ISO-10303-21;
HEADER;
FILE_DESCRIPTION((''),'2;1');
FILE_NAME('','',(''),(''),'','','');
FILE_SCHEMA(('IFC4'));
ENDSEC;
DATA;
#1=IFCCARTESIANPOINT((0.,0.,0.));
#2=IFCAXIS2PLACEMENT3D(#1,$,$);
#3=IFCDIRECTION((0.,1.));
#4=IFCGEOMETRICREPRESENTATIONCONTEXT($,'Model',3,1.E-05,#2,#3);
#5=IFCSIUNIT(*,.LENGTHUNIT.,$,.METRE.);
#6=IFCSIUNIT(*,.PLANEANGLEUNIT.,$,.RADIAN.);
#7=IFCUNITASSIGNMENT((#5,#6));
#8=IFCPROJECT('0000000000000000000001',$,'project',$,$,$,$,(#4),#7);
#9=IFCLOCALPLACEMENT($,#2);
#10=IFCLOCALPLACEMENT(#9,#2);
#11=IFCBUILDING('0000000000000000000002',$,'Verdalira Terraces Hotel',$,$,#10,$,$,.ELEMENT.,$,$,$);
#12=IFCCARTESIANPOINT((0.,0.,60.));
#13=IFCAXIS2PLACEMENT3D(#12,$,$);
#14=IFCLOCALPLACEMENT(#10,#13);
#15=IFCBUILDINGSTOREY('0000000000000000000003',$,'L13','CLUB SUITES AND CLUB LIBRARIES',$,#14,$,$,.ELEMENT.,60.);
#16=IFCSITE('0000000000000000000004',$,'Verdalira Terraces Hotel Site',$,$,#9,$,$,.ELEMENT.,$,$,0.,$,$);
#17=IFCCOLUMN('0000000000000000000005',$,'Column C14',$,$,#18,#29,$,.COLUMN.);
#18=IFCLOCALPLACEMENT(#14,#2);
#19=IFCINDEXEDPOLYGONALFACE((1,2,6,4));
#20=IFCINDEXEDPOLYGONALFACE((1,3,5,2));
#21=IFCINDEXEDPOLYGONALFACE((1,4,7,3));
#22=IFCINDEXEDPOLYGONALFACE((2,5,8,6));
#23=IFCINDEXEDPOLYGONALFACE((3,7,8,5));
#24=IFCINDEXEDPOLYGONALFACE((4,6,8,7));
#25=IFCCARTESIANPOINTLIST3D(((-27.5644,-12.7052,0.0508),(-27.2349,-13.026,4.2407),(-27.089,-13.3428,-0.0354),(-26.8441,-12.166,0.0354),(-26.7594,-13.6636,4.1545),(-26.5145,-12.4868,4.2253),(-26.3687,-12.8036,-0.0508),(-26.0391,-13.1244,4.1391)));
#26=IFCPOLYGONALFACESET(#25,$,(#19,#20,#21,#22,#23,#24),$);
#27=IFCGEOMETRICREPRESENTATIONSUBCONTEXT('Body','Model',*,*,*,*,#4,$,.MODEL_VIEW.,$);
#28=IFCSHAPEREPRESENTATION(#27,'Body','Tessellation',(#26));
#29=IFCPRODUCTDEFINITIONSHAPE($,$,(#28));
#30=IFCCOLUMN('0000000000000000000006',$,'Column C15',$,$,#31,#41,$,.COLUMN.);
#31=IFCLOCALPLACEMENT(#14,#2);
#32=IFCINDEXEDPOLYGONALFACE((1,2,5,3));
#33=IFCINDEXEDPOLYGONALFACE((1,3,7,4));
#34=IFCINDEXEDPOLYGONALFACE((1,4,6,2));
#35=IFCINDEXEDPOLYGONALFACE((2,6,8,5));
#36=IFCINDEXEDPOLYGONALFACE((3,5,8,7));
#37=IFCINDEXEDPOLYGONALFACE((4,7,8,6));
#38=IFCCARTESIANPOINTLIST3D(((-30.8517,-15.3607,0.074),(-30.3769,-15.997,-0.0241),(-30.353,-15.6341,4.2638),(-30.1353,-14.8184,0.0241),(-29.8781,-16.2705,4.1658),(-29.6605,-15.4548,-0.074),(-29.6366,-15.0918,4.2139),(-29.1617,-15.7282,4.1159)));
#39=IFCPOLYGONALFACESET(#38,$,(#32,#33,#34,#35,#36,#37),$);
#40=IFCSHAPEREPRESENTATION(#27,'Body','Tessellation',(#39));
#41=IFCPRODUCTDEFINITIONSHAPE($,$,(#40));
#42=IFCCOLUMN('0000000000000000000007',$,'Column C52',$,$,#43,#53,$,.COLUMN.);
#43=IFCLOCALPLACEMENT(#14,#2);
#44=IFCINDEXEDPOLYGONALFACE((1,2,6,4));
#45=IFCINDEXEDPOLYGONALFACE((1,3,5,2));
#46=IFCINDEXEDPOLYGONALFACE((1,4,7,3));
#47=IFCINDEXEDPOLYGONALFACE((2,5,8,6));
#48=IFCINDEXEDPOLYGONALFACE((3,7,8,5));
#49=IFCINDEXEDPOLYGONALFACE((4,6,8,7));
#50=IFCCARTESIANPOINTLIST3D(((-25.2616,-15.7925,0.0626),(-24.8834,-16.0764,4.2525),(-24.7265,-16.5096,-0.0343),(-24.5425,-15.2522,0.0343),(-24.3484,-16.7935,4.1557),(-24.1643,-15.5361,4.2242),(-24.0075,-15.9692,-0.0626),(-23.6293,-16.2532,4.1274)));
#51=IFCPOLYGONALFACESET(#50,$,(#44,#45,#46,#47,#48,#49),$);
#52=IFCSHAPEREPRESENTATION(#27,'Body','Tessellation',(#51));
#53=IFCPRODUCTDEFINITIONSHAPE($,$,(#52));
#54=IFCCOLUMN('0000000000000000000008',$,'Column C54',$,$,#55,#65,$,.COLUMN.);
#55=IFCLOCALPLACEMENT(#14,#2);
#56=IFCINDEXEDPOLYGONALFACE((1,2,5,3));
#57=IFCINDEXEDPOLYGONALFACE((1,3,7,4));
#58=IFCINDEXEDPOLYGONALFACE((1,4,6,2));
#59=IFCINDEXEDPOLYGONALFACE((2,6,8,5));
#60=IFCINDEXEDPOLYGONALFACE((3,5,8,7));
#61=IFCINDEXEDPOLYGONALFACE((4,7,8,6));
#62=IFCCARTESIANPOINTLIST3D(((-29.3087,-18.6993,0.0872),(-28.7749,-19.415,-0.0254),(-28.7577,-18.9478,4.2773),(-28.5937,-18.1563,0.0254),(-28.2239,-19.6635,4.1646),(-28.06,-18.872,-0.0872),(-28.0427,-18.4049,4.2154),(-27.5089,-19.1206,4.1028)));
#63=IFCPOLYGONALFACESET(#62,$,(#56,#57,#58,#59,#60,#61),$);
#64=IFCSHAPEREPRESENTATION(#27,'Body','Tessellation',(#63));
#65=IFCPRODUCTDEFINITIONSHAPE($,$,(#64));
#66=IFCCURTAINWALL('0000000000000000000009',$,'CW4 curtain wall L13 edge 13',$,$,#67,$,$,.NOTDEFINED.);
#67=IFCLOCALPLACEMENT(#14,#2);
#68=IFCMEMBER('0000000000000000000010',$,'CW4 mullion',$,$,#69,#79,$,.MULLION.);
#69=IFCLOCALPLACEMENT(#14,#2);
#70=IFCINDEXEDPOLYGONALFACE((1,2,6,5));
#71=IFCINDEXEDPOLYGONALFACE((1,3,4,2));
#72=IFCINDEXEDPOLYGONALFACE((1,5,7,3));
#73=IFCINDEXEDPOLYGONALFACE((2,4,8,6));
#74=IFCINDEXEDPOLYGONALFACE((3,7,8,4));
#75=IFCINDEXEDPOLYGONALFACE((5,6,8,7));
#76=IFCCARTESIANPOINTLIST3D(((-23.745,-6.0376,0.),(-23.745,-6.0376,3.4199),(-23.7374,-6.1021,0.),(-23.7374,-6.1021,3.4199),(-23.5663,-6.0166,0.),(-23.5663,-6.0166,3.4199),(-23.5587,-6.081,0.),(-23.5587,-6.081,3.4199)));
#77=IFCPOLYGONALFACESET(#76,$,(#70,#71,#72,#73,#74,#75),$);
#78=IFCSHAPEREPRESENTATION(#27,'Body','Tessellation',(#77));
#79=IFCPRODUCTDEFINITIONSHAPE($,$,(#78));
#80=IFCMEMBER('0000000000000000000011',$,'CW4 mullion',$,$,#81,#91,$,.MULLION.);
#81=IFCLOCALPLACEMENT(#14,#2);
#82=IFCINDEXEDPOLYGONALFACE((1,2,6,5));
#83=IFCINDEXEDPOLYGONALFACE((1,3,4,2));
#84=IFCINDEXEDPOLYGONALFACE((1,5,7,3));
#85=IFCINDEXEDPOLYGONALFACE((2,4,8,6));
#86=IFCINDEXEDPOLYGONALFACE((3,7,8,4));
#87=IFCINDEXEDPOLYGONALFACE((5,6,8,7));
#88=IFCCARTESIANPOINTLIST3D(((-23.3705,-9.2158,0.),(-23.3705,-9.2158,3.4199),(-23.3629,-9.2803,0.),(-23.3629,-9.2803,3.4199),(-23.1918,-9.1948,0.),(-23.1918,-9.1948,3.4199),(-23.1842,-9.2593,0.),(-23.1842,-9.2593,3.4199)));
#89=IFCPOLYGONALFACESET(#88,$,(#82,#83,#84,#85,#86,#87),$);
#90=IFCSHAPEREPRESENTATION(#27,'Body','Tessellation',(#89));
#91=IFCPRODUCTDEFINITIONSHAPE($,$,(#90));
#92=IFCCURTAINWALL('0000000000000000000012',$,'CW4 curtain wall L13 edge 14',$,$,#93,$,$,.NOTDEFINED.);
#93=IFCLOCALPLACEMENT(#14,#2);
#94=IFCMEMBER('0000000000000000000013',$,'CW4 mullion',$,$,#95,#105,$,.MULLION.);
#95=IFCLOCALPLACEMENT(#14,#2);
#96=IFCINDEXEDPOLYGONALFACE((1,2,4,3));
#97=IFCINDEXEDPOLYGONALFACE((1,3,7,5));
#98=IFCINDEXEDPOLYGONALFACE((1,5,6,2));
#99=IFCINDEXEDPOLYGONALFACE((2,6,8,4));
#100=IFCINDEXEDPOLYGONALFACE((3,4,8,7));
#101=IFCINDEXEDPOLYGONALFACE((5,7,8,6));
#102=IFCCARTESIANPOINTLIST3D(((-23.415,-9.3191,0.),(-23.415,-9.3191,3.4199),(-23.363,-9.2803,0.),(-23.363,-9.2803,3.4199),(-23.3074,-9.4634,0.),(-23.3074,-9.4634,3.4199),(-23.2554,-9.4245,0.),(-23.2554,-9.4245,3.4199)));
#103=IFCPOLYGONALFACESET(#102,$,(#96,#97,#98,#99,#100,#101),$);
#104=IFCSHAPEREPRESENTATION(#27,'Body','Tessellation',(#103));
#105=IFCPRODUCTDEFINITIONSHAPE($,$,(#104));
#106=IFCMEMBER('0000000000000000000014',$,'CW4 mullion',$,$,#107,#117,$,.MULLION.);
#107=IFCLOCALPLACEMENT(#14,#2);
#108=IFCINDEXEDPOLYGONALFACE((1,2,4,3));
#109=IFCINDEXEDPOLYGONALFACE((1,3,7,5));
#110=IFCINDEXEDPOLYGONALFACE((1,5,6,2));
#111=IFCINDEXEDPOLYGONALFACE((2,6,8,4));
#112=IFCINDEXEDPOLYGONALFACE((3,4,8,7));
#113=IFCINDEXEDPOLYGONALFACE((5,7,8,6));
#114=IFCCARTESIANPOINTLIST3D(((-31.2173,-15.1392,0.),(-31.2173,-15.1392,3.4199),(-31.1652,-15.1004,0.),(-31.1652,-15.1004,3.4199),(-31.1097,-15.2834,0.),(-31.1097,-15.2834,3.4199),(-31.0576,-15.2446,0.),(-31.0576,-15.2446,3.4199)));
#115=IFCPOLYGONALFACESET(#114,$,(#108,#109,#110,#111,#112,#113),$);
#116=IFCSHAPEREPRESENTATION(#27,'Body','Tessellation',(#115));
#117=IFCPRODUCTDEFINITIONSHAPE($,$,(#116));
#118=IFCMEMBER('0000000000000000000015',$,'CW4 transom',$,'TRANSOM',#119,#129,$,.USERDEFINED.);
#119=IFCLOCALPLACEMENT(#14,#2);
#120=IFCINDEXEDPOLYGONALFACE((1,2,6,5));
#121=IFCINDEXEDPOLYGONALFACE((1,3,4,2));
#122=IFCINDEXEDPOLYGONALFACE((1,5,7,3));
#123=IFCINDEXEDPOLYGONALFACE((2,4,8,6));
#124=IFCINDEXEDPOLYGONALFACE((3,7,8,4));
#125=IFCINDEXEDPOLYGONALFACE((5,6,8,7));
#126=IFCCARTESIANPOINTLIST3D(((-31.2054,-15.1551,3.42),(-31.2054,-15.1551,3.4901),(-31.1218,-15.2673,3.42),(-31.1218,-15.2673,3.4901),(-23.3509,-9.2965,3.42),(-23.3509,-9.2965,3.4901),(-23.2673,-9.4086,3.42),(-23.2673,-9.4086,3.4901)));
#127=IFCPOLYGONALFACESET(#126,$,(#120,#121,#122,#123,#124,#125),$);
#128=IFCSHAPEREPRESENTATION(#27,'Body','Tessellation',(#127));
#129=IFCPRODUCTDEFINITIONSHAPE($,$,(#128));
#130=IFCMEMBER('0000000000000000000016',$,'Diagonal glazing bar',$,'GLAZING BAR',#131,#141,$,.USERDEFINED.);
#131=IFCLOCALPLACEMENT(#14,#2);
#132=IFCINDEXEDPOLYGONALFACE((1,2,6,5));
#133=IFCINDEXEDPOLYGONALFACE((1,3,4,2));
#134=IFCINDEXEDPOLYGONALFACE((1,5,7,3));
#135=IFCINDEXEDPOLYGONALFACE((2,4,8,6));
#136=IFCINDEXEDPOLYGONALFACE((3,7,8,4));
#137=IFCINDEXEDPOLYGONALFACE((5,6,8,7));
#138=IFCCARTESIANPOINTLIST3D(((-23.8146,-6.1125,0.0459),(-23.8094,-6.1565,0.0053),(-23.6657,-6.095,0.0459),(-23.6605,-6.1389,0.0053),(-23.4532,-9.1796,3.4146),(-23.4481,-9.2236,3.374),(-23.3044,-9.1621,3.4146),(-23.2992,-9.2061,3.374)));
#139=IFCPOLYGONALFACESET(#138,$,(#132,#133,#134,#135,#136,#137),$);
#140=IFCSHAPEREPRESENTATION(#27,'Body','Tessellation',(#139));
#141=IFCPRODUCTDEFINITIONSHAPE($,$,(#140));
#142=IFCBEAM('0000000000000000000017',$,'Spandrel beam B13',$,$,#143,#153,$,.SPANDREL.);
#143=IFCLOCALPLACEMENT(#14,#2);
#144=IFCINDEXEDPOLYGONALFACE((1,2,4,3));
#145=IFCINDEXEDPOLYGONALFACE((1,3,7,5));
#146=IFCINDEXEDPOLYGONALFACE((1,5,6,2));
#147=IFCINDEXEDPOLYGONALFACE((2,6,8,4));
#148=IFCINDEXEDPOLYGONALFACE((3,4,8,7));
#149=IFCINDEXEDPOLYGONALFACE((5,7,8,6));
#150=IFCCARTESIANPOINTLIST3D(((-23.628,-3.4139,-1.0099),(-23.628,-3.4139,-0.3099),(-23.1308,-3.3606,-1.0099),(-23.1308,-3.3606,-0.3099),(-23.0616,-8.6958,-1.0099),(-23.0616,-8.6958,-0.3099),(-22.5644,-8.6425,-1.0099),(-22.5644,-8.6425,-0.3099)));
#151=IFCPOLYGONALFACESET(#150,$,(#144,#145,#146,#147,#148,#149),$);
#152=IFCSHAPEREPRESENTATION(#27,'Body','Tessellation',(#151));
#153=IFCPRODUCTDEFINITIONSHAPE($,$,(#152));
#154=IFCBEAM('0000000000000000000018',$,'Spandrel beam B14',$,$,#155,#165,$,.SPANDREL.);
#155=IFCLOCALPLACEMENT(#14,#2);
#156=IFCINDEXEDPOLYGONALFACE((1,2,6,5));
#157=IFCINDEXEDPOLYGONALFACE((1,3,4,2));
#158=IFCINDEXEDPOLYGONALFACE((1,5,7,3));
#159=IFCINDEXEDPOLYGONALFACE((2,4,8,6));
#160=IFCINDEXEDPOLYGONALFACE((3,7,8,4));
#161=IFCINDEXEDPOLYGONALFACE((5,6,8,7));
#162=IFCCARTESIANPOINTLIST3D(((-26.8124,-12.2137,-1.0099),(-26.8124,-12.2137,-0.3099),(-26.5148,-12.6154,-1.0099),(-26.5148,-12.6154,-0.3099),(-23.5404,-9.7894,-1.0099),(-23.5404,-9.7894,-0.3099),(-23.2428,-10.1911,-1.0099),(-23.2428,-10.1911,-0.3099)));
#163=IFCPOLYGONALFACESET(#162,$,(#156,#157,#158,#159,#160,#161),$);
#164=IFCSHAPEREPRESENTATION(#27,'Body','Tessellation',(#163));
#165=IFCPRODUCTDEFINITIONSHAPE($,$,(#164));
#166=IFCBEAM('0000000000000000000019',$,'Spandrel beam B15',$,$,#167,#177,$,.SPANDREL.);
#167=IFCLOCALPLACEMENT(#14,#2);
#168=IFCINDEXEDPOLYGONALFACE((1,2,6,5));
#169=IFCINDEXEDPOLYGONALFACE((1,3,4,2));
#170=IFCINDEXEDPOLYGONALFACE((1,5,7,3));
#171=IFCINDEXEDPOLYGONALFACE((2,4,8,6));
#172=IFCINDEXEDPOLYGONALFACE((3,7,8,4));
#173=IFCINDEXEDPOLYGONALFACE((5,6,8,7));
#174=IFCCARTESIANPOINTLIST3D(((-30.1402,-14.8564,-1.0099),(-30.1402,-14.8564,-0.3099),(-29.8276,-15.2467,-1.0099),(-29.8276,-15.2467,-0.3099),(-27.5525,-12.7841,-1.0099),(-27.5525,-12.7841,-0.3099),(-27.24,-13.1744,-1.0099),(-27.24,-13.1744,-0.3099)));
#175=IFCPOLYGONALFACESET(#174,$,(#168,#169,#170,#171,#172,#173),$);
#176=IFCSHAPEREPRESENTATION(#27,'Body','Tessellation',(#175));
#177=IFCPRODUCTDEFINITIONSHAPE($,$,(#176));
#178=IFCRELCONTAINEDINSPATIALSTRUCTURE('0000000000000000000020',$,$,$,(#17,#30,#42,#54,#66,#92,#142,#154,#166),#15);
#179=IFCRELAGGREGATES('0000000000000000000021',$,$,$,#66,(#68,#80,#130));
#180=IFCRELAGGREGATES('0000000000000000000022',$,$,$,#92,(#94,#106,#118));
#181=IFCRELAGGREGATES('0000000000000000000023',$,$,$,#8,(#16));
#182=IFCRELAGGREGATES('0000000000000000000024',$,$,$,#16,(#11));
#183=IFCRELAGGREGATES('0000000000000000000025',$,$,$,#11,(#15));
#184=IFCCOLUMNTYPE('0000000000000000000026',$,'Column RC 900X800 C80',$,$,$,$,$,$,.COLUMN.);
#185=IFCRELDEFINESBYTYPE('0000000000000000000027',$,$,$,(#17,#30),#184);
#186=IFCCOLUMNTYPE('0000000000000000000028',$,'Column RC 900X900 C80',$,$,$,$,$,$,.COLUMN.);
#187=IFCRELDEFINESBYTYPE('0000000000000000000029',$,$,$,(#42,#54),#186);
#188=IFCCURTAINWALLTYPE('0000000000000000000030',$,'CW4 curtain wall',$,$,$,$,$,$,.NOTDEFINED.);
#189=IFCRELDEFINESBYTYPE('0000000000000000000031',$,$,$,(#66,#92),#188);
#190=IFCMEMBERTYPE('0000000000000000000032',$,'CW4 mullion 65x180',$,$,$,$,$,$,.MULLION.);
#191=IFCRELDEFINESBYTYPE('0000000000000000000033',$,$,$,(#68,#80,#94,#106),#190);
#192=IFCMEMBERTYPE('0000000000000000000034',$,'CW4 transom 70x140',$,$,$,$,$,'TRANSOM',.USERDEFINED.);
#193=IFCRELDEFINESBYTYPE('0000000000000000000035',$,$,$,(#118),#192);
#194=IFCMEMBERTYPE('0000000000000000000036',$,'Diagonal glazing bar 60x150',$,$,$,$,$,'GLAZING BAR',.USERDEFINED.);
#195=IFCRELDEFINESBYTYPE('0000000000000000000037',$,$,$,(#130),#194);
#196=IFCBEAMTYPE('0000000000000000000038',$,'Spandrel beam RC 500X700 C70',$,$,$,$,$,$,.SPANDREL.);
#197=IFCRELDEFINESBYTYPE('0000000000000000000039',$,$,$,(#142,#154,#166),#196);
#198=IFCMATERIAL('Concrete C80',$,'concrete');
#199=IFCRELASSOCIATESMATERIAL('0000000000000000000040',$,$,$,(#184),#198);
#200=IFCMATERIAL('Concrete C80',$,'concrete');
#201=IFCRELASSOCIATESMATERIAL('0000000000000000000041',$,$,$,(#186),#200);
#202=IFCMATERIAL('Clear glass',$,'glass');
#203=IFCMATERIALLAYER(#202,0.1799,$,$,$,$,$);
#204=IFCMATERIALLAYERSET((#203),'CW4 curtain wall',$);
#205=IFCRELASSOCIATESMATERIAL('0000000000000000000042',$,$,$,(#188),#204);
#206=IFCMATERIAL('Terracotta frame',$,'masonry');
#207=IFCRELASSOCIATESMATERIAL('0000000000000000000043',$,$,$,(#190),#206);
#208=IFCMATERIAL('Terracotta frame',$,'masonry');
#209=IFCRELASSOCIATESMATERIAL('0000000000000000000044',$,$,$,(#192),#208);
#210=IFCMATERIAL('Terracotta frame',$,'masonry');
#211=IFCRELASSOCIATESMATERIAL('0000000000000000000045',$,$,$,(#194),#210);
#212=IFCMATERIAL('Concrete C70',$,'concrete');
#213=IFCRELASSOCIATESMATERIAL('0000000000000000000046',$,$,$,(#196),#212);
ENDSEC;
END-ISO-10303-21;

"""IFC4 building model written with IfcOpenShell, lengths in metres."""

from ifc_helpers import new_model, si_unit, direction, frame, origin, origin_2d, place, context, subcontext, project, spatial, rectangle, extrude, material, layer, layer_set, material_profile, profile_set, type_object, element, aggregate, save


model = new_model("IFC4")

# Units and contexts
model_context = context("Model", 3, precision=1e-05, world=origin(), true_north=direction((0.0, 1.0)))
body_context = subcontext(model_context, "Body", "Model", "MODEL_VIEW")
ifc_project = project(units=[si_unit("LENGTHUNIT", "METRE"), si_unit("PLANEANGLEUNIT", "RADIAN")], contexts=[model_context])

# Site, building, storey
site_placement = place(None, origin())
site = spatial("IfcSite", under=ifc_project, at=site_placement, Name="Verdalira Terraces Hotel Site", CompositionType="ELEMENT", RefElevation=0.0)
building_placement = place(site_placement, origin())
building = spatial("IfcBuilding", under=site, at=building_placement, Name="Verdalira Terraces Hotel", CompositionType="ELEMENT")
storey_placement = place(building_placement, frame((0.0, 0.0, 60.0)))
storey = spatial("IfcBuildingStorey", under=building, at=storey_placement, Name="L13", Description="CLUB SUITES AND CLUB LIBRARIES", CompositionType="ELEMENT", Elevation=60.0)

# Columns
ifc_material_1 = material(Name="Concrete C80", Category="concrete")
ifc_material_profile_1 = material_profile(ifc_material_1, rectangle(XDim=0.8999, YDim=0.8, at=origin_2d()), Name="RC 900X800")
ifc_profile_set_1 = profile_set([ifc_material_profile_1], Name="Concrete C80")
column_type_1 = type_object("IfcColumnType", Name="Column RC 900X800 C80", PredefinedType="COLUMN", material=ifc_profile_set_1)
column_1_placement = place(storey_placement, frame((-26.9666, -12.7544, 0.0), z_axis=(0.078192, -0.076107, 0.994029), x_axis=(-0.800445, -0.599163, 0.01709)))
element("IfcColumn", 1, at=column_1_placement, inside=storey, type_object=column_type_1, Name="Column C14", PredefinedType="COLUMN", context=body_context, shape_type="SweptSolid", body=[
    extrude(rectangle(XDim=0.8999, YDim=0.8, at=origin_2d()), origin(), (0.0, 0.0, 1.0), 4.2151),
])
column_2_placement = place(storey_placement, frame((-30.2561, -15.4077, 0.0), z_axis=(0.11796, -0.064667, 0.99091), x_axis=(-0.796106, -0.602613, 0.055443)))
element("IfcColumn", 2, at=column_2_placement, inside=storey, type_object=column_type_1, Name="Column C15", PredefinedType="COLUMN", context=body_context, shape_type="SweptSolid", body=[
    extrude(rectangle(XDim=0.8999, YDim=0.8, at=origin_2d()), origin(), (0.0, 0.0, 1.0), 4.2283),
])
ifc_material_2 = material(Name="Concrete C80", Category="concrete")
ifc_material_profile_2 = material_profile(ifc_material_2, rectangle(XDim=0.8999, YDim=0.8999, at=origin_2d()), Name="RC 900X900")
ifc_profile_set_2 = profile_set([ifc_material_profile_2], Name="Concrete C80")
column_type_2 = type_object("IfcColumnType", Name="Column RC 900X900 C80", PredefinedType="COLUMN", material=ifc_profile_set_2)
column_3_placement = place(storey_placement, frame((-24.6345, -15.8809, 0.0), z_axis=(0.089688, -0.067338, 0.993691), x_axis=(-0.799058, -0.600432, 0.031432)))
element("IfcColumn", 3, at=column_3_placement, inside=storey, type_object=column_type_2, Name="Column C52", PredefinedType="COLUMN", context=body_context, shape_type="SweptSolid", body=[
    extrude(rectangle(XDim=0.8999, YDim=0.8999, at=origin_2d()), origin(), (0.0, 0.0, 1.0), 4.2166),
])
column_4_placement = place(storey_placement, frame((-28.6843, -18.7856, 0.0), z_axis=(0.130164, -0.058709, 0.989753), x_axis=(-0.794504, -0.60336, 0.068697)))
element("IfcColumn", 4, at=column_4_placement, inside=storey, type_object=column_type_2, Name="Column C54", PredefinedType="COLUMN", context=body_context, shape_type="SweptSolid", body=[
    extrude(rectangle(XDim=0.8999, YDim=0.8999, at=origin_2d()), origin(), (0.0, 0.0, 1.0), 4.2334),
])

# Curtain walls, members
ifc_material_3 = material(Name="Clear glass", Category="glass")
ifc_layer_1 = layer(ifc_material_3, 0.1799)
ifc_layer_set_1 = layer_set([ifc_layer_1], Name="CW4 curtain wall")
curtain_wall_type = type_object("IfcCurtainWallType", Name="CW4 curtain wall", PredefinedType="NOTDEFINED", material=ifc_layer_set_1)
curtain_wall_1_placement = place(storey_placement, origin())
curtain_wall_1 = element("IfcCurtainWall", 5, at=curtain_wall_1_placement, inside=storey, type_object=curtain_wall_type, Name="CW4 curtain wall L13 edge 13", PredefinedType="NOTDEFINED")
ifc_material_4 = material(Name="Terracotta frame", Category="masonry")
ifc_material_profile_3 = material_profile(ifc_material_4, rectangle(XDim=0.0649, YDim=0.1799, at=origin_2d()), Name="MU 65x180")
ifc_profile_set_3 = profile_set([ifc_material_profile_3], Name="Terracotta frame")
member_type_1 = type_object("IfcMemberType", Name="CW4 mullion 65x180", PredefinedType="MULLION", material=ifc_profile_set_3)
member_1_placement = place(storey_placement, frame((-23.6519, -6.0593, 0.0), z_axis=(0.0, 0.0, 1.0), x_axis=(0.117017, -0.99313, 0.0)))
member_1 = element("IfcMember", 6, at=member_1_placement, type_object=member_type_1, Name="CW4 mullion", PredefinedType="MULLION", context=body_context, shape_type="SweptSolid", body=[
    extrude(rectangle(XDim=0.0649, YDim=0.1799, at=origin_2d()), origin(), (0.0, 0.0, 1.0), 3.4199),
])
member_2_placement = place(storey_placement, frame((-23.2773, -9.2375, 0.0), z_axis=(0.0, 0.0, 1.0), x_axis=(0.117017, -0.99313, 0.0)))
member_2 = element("IfcMember", 7, at=member_2_placement, type_object=member_type_1, Name="CW4 mullion", PredefinedType="MULLION", context=body_context, shape_type="SweptSolid", body=[
    extrude(rectangle(XDim=0.0649, YDim=0.1799, at=origin_2d()), origin(), (0.0, 0.0, 1.0), 3.4199),
])
curtain_wall_2_placement = place(storey_placement, origin())
curtain_wall_2 = element("IfcCurtainWall", 8, at=curtain_wall_2_placement, inside=storey, type_object=curtain_wall_type, Name="CW4 curtain wall L13 edge 14", PredefinedType="NOTDEFINED")
member_3_placement = place(storey_placement, frame((-23.3352, -9.3718, 0.0), z_axis=(0.0, 0.0, 1.0), x_axis=(-0.801567, -0.597905, 0.0)))
member_3 = element("IfcMember", 9, at=member_3_placement, type_object=member_type_1, Name="CW4 mullion", PredefinedType="MULLION", context=body_context, shape_type="SweptSolid", body=[
    extrude(rectangle(XDim=0.0649, YDim=0.1799, at=origin_2d()), origin(), (0.0, 0.0, 1.0), 3.4199),
])
member_4_placement = place(storey_placement, frame((-31.1375, -15.1919, 0.0), z_axis=(0.0, 0.0, 1.0), x_axis=(-0.801567, -0.597905, 0.0)))
member_4 = element("IfcMember", 10, at=member_4_placement, type_object=member_type_1, Name="CW4 mullion", PredefinedType="MULLION", context=body_context, shape_type="SweptSolid", body=[
    extrude(rectangle(XDim=0.0649, YDim=0.1799, at=origin_2d()), origin(), (0.0, 0.0, 1.0), 3.4199),
])
ifc_material_5 = material(Name="Terracotta frame", Category="masonry")
ifc_material_profile_4 = material_profile(ifc_material_5, rectangle(XDim=0.1399, YDim=0.0701, at=origin_2d()), Name="TR 70x140")
ifc_profile_set_4 = profile_set([ifc_material_profile_4], Name="Terracotta frame")
member_type_2 = type_object("IfcMemberType", Name="CW4 transom 70x140", ElementType="TRANSOM", PredefinedType="USERDEFINED", material=ifc_profile_set_4)
member_5_placement = place(storey_placement, frame((-23.3091, -9.3525, 3.4551), z_axis=(-0.801576, -0.597893, 0.0), x_axis=(0.597893, -0.801576, 0.0)))
member_5 = element("IfcMember", 11, at=member_5_placement, type_object=member_type_2, Name="CW4 transom", ObjectType="TRANSOM", PredefinedType="USERDEFINED", context=body_context, shape_type="SweptSolid", body=[
    extrude(rectangle(XDim=0.1399, YDim=0.0701, at=origin_2d()), origin(), (0.0, 0.0, 1.0), 9.7988),
])

# Member
ifc_material_6 = material(Name="Terracotta frame", Category="masonry")
ifc_material_profile_5 = material_profile(ifc_material_6, rectangle(XDim=0.1499, YDim=0.0601, at=origin_2d()), Name="GB 60x150")
ifc_profile_set_5 = profile_set([ifc_material_profile_5], Name="Terracotta frame")
member_type_3 = type_object("IfcMemberType", Name="Diagonal glazing bar 60x150", ElementType="GLAZING BAR", PredefinedType="USERDEFINED", material=ifc_profile_set_5)
member_6_placement = place(storey_placement, frame((-23.7375, -6.1257, 0.0256), z_axis=(0.079064, -0.671133, 0.737109), x_axis=(0.993132, 0.116997, 0.0)))
member_6 = element("IfcMember", 12, at=member_6_placement, type_object=member_type_3, Name="Diagonal glazing bar", ObjectType="GLAZING BAR", PredefinedType="USERDEFINED", context=body_context, shape_type="SweptSolid", body=[
    extrude(rectangle(XDim=0.1499, YDim=0.0601, at=origin_2d()), origin(), (0.0, 0.0, 1.0), 4.5701),
])

# Beams
ifc_material_7 = material(Name="Concrete C70", Category="concrete")
ifc_material_profile_6 = material_profile(ifc_material_7, rectangle(XDim=0.5, YDim=0.7, at=origin_2d()), Name="RC 500X700")
ifc_profile_set_6 = profile_set([ifc_material_profile_6], Name="Concrete C70")
beam_type = type_object("IfcBeamType", Name="Spandrel beam RC 500X700 C70", PredefinedType="SPANDREL", material=ifc_profile_set_6)
beam_1_placement = place(storey_placement, frame((-23.3794, -3.3872, -0.6599), z_axis=(0.106622, -0.9943, 0.0), x_axis=(0.9943, 0.106622, 0.0)))
element("IfcBeam", 13, at=beam_1_placement, inside=storey, type_object=beam_type, Name="Spandrel beam B13", PredefinedType="SPANDREL", context=body_context, shape_type="SweptSolid", body=[
    extrude(rectangle(XDim=0.5, YDim=0.7, at=origin_2d()), origin(), (0.0, 0.0, 1.0), 5.3123),
])
beam_2_placement = place(storey_placement, frame((-23.3916, -9.9902, -0.6599), z_axis=(-0.803483, -0.595328, 0.0), x_axis=(0.595328, -0.803483, 0.0)))
element("IfcBeam", 14, at=beam_2_placement, inside=storey, type_object=beam_type, Name="Spandrel beam B14", PredefinedType="SPANDREL", context=body_context, shape_type="SweptSolid", body=[
    extrude(rectangle(XDim=0.5, YDim=0.7, at=origin_2d()), origin(), (0.0, 0.0, 1.0), 4.0723),
])
beam_3_placement = place(storey_placement, frame((-27.3962, -12.9792, -0.6599), z_axis=(-0.780553, -0.62509, 0.0), x_axis=(0.62509, -0.780553, 0.0)))
element("IfcBeam", 15, at=beam_3_placement, inside=storey, type_object=beam_type, Name="Spandrel beam B15", PredefinedType="SPANDREL", context=body_context, shape_type="SweptSolid", body=[
    extrude(rectangle(XDim=0.5, YDim=0.7, at=origin_2d()), origin(), (0.0, 0.0, 1.0), 3.3152),
])

aggregate(curtain_wall_1, [member_1, member_2, member_6])
aggregate(curtain_wall_2, [member_3, member_4, member_5])

save(model, "model.ifc")
